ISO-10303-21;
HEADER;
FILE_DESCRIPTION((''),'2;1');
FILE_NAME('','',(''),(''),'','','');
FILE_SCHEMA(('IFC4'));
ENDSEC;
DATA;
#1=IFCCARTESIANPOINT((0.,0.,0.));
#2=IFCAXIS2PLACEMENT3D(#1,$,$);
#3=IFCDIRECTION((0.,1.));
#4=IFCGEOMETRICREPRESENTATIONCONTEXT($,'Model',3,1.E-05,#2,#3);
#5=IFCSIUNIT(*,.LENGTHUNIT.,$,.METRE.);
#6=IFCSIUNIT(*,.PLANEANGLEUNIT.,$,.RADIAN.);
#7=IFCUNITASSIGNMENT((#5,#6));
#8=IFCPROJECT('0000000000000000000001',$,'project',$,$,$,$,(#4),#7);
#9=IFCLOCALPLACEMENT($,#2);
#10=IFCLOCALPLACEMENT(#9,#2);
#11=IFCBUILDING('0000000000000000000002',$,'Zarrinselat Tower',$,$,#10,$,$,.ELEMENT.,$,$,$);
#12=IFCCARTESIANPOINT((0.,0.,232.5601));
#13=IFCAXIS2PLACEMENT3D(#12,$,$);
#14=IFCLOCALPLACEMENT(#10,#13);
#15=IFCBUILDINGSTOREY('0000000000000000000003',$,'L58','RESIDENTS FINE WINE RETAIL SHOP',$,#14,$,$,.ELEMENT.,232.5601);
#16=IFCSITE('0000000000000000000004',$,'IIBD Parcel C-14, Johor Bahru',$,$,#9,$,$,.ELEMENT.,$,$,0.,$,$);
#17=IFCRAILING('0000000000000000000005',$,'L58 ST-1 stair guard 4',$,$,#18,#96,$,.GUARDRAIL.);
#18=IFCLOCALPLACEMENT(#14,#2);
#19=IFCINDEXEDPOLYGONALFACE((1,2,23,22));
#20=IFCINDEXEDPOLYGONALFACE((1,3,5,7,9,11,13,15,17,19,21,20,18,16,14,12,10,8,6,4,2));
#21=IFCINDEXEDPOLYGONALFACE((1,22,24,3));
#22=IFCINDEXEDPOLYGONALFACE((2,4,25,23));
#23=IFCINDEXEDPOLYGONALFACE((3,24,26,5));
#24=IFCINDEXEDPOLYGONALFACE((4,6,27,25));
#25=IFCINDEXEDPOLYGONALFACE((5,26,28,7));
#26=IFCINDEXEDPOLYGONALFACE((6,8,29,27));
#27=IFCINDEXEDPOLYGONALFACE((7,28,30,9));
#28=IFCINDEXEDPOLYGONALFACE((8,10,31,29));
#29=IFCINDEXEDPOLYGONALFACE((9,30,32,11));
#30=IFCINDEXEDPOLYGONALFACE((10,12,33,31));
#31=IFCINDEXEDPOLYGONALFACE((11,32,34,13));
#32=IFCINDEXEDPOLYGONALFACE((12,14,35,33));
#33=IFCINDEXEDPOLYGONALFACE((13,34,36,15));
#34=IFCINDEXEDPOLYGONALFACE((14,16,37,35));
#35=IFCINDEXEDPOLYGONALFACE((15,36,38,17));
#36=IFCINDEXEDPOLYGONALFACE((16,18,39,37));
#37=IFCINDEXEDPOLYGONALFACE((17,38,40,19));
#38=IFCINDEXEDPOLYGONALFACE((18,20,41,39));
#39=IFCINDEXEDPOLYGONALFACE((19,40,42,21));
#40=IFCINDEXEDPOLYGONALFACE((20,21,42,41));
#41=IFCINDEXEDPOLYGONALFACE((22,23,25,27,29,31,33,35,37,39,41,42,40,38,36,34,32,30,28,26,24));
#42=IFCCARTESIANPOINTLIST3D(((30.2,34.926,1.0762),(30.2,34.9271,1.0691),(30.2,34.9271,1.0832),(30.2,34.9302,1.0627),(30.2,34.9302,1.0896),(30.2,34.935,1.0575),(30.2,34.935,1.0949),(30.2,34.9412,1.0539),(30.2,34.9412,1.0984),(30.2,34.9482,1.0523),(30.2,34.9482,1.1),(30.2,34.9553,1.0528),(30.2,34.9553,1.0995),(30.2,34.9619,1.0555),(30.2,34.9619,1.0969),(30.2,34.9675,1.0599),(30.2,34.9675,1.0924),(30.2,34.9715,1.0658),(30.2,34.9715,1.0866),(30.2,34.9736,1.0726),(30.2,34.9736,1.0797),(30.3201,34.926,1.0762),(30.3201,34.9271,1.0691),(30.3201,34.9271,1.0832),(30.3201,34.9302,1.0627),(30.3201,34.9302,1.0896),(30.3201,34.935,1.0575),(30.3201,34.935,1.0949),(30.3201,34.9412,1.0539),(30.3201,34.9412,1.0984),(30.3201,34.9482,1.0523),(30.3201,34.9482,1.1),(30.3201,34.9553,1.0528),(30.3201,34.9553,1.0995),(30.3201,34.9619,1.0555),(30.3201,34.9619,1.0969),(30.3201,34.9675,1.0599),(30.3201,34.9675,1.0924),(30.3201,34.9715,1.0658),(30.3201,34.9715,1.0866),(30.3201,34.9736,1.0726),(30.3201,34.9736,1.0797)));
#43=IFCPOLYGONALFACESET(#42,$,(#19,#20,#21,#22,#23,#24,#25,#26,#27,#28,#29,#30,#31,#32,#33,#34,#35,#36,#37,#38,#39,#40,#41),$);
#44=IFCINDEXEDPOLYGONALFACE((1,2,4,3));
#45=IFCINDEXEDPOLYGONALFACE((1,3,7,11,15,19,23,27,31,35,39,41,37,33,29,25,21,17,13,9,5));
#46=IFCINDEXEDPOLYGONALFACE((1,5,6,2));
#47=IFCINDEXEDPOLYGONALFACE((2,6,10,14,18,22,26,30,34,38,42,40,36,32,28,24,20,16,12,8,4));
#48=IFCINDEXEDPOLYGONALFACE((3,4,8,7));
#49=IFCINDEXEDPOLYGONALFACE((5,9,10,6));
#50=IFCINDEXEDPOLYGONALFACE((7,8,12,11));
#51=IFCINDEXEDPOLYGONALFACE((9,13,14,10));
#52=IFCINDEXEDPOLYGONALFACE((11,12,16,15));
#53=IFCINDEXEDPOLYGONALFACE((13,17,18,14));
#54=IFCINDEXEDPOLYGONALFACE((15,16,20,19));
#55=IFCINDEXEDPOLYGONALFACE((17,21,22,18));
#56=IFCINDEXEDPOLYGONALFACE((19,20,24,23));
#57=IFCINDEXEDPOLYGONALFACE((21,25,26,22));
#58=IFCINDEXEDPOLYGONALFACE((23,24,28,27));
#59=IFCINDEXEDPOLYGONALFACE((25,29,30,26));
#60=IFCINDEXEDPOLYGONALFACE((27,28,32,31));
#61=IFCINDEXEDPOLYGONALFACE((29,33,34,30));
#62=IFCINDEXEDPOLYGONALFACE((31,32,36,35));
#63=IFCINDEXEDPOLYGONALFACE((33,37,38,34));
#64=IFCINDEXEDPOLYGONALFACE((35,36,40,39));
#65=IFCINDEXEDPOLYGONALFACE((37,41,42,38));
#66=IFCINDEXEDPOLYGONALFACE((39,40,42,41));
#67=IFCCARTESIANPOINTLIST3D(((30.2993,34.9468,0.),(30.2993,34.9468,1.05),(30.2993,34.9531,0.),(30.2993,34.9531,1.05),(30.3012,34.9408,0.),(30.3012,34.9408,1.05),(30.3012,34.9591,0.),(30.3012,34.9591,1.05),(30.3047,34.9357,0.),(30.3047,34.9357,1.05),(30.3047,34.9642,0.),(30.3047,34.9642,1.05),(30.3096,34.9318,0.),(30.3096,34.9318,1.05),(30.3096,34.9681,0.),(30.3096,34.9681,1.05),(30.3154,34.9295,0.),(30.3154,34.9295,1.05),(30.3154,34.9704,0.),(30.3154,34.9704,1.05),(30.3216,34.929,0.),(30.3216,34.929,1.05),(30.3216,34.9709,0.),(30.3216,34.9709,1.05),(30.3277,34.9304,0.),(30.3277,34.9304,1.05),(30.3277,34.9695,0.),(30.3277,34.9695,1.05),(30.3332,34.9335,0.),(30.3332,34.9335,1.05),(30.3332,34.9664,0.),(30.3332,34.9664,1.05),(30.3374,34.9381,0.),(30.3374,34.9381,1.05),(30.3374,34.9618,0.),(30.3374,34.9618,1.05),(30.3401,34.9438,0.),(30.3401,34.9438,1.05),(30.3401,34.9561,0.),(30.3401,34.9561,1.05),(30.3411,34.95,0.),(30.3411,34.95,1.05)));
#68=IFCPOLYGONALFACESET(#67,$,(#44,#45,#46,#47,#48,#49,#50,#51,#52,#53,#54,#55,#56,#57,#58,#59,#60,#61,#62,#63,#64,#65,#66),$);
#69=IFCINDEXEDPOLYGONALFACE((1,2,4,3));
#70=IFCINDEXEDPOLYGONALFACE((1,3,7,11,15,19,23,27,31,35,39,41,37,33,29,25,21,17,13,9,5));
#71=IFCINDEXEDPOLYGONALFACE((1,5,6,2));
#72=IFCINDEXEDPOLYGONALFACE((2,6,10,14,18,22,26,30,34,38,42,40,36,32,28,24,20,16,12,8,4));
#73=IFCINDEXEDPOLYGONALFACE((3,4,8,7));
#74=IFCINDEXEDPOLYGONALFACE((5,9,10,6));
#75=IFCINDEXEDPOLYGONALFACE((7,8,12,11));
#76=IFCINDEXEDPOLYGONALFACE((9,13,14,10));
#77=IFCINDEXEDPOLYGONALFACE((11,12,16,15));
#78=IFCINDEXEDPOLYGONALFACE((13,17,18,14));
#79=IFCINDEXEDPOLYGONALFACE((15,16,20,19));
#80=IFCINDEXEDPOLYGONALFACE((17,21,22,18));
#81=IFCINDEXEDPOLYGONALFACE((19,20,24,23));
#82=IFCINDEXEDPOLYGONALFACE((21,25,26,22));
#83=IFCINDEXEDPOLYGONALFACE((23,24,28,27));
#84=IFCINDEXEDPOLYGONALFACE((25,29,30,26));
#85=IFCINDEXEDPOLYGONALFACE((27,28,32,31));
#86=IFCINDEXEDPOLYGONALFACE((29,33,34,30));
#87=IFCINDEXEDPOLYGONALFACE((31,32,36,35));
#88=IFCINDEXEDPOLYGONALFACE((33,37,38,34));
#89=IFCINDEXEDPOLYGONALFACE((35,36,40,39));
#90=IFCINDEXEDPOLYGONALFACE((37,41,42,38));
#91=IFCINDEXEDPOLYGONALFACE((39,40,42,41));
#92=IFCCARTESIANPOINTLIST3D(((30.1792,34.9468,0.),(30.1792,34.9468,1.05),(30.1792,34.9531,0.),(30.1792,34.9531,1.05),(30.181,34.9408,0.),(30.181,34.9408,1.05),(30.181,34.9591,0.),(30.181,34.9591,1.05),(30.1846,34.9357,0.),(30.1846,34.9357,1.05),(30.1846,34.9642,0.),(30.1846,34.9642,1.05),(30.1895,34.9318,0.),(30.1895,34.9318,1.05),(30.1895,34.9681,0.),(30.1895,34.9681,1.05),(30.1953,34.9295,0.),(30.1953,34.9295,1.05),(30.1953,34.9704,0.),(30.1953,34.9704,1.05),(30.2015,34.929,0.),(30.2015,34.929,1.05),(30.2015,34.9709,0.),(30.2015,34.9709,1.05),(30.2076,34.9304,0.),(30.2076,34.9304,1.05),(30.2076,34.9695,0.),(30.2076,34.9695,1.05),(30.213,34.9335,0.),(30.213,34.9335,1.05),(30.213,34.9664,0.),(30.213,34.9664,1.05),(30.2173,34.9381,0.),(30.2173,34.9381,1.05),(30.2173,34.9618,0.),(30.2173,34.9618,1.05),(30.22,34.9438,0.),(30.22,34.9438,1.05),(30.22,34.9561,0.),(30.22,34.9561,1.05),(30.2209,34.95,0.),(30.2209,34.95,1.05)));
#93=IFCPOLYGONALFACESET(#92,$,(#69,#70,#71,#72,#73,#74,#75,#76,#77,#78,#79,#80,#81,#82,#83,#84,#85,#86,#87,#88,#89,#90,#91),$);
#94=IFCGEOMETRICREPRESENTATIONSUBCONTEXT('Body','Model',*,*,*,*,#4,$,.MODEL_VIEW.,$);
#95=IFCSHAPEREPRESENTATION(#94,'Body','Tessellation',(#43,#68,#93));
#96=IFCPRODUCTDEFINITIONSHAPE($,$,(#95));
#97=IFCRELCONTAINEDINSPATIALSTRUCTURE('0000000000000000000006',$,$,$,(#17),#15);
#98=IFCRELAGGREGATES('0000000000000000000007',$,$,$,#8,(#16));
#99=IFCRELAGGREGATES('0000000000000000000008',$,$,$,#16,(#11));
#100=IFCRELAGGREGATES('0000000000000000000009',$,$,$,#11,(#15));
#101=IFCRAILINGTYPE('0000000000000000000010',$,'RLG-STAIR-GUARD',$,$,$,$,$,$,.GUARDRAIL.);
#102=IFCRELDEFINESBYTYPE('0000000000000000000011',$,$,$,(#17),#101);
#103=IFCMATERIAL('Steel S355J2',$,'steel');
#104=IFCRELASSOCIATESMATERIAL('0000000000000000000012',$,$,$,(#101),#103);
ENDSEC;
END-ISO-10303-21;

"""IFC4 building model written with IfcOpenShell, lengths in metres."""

from ifc_helpers import new_model, si_unit, direction, frame, origin, origin_2d, place, context, subcontext, project, spatial, circle, extrude, material, type_object, element, save


model = new_model("IFC4")

# Units and contexts
model_context = context("Model", 3, precision=1e-05, world=origin(), true_north=direction((0.0, 1.0)))
body_context = subcontext(model_context, "Body", "Model", "MODEL_VIEW")
ifc_project = project(units=[si_unit("LENGTHUNIT", "METRE"), si_unit("PLANEANGLEUNIT", "RADIAN")], contexts=[model_context])

# Site, building, storey
site_placement = place(None, origin())
site = spatial("IfcSite", under=ifc_project, at=site_placement, Name="IIBD Parcel C-14, Johor Bahru", CompositionType="ELEMENT", RefElevation=0.0)
building_placement = place(site_placement, origin())
building = spatial("IfcBuilding", under=site, at=building_placement, Name="Zarrinselat Tower", CompositionType="ELEMENT")
storey_placement = place(building_placement, frame((0.0, 0.0, 232.5601)))
storey = spatial("IfcBuildingStorey", under=building, at=storey_placement, Name="L58", Description="RESIDENTS FINE WINE RETAIL SHOP", CompositionType="ELEMENT", Elevation=232.5601)

# Railing
ifc_material_1 = material(Name="Steel S355J2", Category="steel")
railing_type_1 = type_object("IfcRailingType", Name="RLG-STAIR-GUARD", PredefinedType="GUARDRAIL", material=ifc_material_1)
railing_1_placement = place(storey_placement, frame((30.3201, 34.95, 0.0)))
element("IfcRailing", 1, at=railing_1_placement, inside=storey, type_object=railing_type_1, Name="L58 ST-1 stair guard 4", PredefinedType="GUARDRAIL", context=body_context, shape_type="SweptSolid", body=[
    extrude(circle(Radius=0.0239, at=origin_2d()), frame((0.0, 0.0, 1.0762), z_axis=(-1.0, 0.0, 0.0), x_axis=(0.0, -1.0, 0.0)), (0.0, 0.0, 1.0), 0.1201),
    extrude(circle(Radius=0.021, at=origin_2d()), origin(), (0.0, 0.0, 1.0), 1.05),
    extrude(circle(Radius=0.021, at=origin_2d()), frame((-0.1201, 0.0, 0.0)), (0.0, 0.0, 1.0), 1.05),
])

save(model, "model.ifc")
